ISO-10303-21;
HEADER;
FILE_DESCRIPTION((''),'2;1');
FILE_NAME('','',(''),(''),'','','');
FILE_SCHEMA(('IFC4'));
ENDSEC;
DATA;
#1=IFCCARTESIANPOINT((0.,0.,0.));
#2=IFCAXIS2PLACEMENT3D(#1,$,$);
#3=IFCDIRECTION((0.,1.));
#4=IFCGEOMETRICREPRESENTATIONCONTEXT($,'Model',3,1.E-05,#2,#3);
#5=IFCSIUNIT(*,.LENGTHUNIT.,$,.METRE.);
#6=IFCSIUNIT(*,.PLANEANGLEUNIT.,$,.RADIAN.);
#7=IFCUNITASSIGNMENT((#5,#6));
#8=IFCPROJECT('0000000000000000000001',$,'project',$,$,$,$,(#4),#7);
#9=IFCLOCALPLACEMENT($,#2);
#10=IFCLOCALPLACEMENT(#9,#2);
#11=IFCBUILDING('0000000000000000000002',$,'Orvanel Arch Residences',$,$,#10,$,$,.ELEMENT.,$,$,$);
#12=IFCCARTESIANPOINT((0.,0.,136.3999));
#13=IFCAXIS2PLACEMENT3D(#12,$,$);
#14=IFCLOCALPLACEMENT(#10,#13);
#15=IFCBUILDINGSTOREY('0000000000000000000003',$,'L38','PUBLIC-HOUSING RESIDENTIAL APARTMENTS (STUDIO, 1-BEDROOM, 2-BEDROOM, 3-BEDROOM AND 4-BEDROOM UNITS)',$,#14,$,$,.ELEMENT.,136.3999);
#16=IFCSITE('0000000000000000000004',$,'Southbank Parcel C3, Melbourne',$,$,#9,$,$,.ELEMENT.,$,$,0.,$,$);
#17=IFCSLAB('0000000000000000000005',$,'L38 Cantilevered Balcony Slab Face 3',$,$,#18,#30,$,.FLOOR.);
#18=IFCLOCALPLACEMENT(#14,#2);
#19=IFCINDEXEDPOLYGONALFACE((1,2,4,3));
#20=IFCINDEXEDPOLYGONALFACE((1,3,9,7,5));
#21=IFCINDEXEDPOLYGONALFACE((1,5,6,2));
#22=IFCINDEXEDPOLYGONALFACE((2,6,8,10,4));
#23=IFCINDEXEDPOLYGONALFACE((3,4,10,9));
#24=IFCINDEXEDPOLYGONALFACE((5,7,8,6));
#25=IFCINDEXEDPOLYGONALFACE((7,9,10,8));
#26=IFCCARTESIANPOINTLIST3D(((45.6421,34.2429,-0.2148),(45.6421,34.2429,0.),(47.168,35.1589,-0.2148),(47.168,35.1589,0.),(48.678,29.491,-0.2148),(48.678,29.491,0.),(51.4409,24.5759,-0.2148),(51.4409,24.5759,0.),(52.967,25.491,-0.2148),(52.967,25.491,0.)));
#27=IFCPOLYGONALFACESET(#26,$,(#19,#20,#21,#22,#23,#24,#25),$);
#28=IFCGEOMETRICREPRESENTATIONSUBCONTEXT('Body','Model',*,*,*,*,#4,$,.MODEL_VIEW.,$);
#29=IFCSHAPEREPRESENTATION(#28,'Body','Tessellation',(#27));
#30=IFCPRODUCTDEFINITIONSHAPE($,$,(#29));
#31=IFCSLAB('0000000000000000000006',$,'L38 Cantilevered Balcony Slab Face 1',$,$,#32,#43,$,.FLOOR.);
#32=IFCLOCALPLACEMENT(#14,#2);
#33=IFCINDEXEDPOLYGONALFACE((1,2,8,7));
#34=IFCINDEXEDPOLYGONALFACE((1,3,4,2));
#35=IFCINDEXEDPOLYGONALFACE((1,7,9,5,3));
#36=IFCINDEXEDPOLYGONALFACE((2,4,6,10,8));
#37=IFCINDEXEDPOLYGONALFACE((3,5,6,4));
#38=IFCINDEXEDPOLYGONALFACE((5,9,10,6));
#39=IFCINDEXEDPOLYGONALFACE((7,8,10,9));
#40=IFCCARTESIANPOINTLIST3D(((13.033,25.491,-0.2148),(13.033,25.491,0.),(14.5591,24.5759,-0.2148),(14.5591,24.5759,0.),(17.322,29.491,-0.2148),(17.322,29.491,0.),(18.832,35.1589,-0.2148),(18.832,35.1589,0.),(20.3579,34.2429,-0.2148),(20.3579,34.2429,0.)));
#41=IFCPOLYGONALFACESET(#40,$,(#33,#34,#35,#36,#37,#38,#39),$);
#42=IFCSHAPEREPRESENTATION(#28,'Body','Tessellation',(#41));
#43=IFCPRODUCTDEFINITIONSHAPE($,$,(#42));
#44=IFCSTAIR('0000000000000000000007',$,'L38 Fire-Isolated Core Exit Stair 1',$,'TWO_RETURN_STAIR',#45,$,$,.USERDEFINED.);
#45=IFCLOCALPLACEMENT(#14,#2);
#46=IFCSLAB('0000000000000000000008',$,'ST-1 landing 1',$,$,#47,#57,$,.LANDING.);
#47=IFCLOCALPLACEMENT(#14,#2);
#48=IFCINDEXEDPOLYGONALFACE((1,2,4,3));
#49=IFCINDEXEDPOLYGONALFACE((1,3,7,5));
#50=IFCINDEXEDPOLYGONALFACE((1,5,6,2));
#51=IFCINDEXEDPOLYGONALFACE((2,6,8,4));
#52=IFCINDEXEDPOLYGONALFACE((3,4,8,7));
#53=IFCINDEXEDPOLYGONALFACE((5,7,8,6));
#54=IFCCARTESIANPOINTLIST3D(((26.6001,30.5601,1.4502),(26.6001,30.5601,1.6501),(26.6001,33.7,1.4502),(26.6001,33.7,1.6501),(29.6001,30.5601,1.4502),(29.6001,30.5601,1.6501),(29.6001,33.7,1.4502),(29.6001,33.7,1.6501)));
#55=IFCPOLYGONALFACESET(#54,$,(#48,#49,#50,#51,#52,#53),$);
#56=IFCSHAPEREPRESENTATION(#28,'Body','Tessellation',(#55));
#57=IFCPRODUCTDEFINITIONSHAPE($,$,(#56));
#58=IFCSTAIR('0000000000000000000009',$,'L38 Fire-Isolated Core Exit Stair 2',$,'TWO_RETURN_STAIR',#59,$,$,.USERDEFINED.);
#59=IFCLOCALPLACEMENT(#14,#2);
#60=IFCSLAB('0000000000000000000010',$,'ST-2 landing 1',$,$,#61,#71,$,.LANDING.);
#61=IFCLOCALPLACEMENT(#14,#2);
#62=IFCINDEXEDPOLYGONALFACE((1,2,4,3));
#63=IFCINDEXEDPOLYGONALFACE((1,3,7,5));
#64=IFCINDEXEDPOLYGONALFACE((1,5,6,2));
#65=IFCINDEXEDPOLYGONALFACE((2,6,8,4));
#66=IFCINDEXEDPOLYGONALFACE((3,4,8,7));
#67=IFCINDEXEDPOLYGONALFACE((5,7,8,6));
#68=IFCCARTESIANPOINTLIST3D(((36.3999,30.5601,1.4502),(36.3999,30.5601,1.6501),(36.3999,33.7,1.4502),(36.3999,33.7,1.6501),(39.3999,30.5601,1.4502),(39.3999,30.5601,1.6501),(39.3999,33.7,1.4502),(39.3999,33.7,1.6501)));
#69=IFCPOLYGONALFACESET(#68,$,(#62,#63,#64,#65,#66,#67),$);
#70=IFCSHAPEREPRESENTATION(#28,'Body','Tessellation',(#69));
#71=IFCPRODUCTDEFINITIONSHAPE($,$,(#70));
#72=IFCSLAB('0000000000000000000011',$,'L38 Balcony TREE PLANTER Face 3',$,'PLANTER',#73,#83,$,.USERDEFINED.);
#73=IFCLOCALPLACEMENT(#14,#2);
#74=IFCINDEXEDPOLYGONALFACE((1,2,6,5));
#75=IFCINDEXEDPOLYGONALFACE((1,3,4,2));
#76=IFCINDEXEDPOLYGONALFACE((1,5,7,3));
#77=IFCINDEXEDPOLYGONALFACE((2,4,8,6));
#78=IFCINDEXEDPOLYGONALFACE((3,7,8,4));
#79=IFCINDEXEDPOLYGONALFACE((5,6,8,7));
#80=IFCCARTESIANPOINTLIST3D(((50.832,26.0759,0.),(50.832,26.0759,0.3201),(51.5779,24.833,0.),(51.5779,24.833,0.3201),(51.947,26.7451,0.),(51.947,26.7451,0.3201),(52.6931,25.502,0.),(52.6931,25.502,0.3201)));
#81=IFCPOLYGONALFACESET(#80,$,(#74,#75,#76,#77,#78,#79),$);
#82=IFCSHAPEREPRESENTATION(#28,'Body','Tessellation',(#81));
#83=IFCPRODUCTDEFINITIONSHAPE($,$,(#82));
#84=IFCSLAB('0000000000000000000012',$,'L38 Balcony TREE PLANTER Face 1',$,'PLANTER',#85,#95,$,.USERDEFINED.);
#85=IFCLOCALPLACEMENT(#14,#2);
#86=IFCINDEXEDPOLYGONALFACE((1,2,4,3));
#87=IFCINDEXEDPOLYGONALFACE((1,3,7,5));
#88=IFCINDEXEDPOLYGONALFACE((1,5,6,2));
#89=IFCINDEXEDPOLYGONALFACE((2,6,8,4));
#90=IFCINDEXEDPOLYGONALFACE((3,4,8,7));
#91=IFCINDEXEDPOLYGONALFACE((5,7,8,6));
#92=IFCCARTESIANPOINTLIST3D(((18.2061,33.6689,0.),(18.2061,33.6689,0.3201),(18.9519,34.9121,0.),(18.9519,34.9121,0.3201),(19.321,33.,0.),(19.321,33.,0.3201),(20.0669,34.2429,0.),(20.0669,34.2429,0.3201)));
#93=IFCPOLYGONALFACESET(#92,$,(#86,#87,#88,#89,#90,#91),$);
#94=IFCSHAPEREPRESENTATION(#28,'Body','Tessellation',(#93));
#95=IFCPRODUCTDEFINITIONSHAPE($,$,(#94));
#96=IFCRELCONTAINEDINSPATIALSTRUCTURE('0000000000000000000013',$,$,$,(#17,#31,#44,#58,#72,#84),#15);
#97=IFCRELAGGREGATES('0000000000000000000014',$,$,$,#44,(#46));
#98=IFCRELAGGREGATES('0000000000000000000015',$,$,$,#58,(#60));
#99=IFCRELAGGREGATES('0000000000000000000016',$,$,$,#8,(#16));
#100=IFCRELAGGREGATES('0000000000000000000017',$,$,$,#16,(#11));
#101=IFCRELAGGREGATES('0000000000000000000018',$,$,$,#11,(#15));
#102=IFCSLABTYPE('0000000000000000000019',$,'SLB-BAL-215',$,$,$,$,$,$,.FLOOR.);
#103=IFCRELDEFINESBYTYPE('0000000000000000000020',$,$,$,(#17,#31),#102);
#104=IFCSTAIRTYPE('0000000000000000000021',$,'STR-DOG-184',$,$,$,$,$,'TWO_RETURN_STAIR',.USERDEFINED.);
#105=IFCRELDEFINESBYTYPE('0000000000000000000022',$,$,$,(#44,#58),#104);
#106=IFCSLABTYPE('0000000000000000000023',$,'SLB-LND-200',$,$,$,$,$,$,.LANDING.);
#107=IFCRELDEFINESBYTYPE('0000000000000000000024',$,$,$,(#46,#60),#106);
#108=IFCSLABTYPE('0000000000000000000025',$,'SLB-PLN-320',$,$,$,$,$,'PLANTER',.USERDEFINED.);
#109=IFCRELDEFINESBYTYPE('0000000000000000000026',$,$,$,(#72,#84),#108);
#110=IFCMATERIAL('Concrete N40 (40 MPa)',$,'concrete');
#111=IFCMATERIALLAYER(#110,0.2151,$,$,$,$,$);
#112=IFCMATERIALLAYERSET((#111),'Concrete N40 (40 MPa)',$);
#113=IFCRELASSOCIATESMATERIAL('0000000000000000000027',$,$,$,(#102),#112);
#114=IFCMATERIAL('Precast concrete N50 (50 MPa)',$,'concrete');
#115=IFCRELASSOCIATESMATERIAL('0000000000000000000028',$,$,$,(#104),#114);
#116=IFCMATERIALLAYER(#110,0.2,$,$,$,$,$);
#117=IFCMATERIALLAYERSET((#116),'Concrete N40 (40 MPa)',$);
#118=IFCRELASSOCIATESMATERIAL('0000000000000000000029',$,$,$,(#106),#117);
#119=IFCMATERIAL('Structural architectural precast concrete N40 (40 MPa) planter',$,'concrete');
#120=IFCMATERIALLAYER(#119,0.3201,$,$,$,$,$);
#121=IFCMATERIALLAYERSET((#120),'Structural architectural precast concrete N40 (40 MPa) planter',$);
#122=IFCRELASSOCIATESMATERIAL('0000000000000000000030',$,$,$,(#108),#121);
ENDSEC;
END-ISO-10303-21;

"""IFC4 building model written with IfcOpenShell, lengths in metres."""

from ifc_helpers import new_model, si_unit, direction, frame, origin, place, context, subcontext, project, spatial, polyline, outline, extrude, material, layer, layer_set, type_object, element, aggregate, save


model = new_model("IFC4")

# Units and contexts
model_context = context("Model", 3, precision=1e-05, world=origin(), true_north=direction((0.0, 1.0)))
body_context = subcontext(model_context, "Body", "Model", "MODEL_VIEW")
ifc_project = project(units=[si_unit("LENGTHUNIT", "METRE"), si_unit("PLANEANGLEUNIT", "RADIAN")], contexts=[model_context])

# Site, building, storey
site_placement = place(None, origin())
site = spatial("IfcSite", under=ifc_project, at=site_placement, Name="Southbank Parcel C3, Melbourne", CompositionType="ELEMENT", RefElevation=0.0)
building_placement = place(site_placement, origin())
building = spatial("IfcBuilding", under=site, at=building_placement, Name="Orvanel Arch Residences", CompositionType="ELEMENT")
storey_placement = place(building_placement, frame((0.0, 0.0, 136.3999)))
storey = spatial("IfcBuildingStorey", under=building, at=storey_placement, Name="L38", Description="PUBLIC-HOUSING RESIDENTIAL APARTMENTS (STUDIO, 1-BEDROOM, 2-BEDROOM, 3-BEDROOM AND 4-BEDROOM UNITS)", CompositionType="ELEMENT", Elevation=136.3999)

# Slabs
ifc_material_1 = material(Name="Concrete N40 (40 MPa)", Category="concrete")
ifc_layer_1 = layer(ifc_material_1, 0.2151)
ifc_layer_set_1 = layer_set([ifc_layer_1], Name="Concrete N40 (40 MPa)")
slab_type_1 = type_object("IfcSlabType", Name="SLB-BAL-215", PredefinedType="FLOOR", material=ifc_layer_set_1)
slab_1_placement = place(storey_placement, frame((0.0, 0.0, -0.2148)))
element("IfcSlab", 1, at=slab_1_placement, inside=storey, type_object=slab_type_1, Name="L38 Cantilevered Balcony Slab Face 3", PredefinedType="FLOOR", context=body_context, shape_type="SweptSolid", body=[
    extrude(outline(polyline([(52.967, 25.491), (47.168, 35.1589), (45.6421, 34.2429), (48.678, 29.491), (51.4409, 24.5759), (52.967, 25.491)])), origin(), (0.0, 0.0, 1.0), 0.2148),
])
slab_2_placement = place(storey_placement, frame((0.0, 0.0, -0.2148)))
element("IfcSlab", 2, at=slab_2_placement, inside=storey, type_object=slab_type_1, Name="L38 Cantilevered Balcony Slab Face 1", PredefinedType="FLOOR", context=body_context, shape_type="SweptSolid", body=[
    extrude(outline(polyline([(18.832, 35.1589), (13.033, 25.491), (14.5591, 24.5759), (17.322, 29.491), (20.3579, 34.2429), (18.832, 35.1589)])), origin(), (0.0, 0.0, 1.0), 0.2148),
])

# Stairs, slabs
ifc_material_2 = material(Name="Precast concrete N50 (50 MPa)", Category="concrete")
stair_type = type_object("IfcStairType", Name="STR-DOG-184", ElementType="TWO_RETURN_STAIR", PredefinedType="USERDEFINED", material=ifc_material_2)
stair_1_placement = place(storey_placement, origin())
stair_1 = element("IfcStair", 3, at=stair_1_placement, inside=storey, type_object=stair_type, Name="L38 Fire-Isolated Core Exit Stair 1", ObjectType="TWO_RETURN_STAIR", PredefinedType="USERDEFINED")
ifc_layer_2 = layer(ifc_material_1, 0.2)
ifc_layer_set_2 = layer_set([ifc_layer_2], Name="Concrete N40 (40 MPa)")
slab_type_2 = type_object("IfcSlabType", Name="SLB-LND-200", PredefinedType="LANDING", material=ifc_layer_set_2)
slab_3_placement = place(storey_placement, frame((0.0, 0.0, 1.4502)))
slab_3 = element("IfcSlab", 4, at=slab_3_placement, type_object=slab_type_2, Name="ST-1 landing 1", PredefinedType="LANDING", context=body_context, shape_type="SweptSolid", body=[
    extrude(outline(polyline([(29.6001, 30.5601), (29.6001, 33.7), (26.6001, 33.7), (26.6001, 30.5601), (29.6001, 30.5601)])), origin(), (0.0, 0.0, 1.0), 0.2),
])
aggregate(stair_1, [slab_3])
stair_2_placement = place(storey_placement, origin())
stair_2 = element("IfcStair", 5, at=stair_2_placement, inside=storey, type_object=stair_type, Name="L38 Fire-Isolated Core Exit Stair 2", ObjectType="TWO_RETURN_STAIR", PredefinedType="USERDEFINED")
slab_4_placement = place(storey_placement, frame((0.0, 0.0, 1.4502)))
slab_4 = element("IfcSlab", 6, at=slab_4_placement, type_object=slab_type_2, Name="ST-2 landing 1", PredefinedType="LANDING", context=body_context, shape_type="SweptSolid", body=[
    extrude(outline(polyline([(39.3999, 30.5601), (39.3999, 33.7), (36.3999, 33.7), (36.3999, 30.5601), (39.3999, 30.5601)])), origin(), (0.0, 0.0, 1.0), 0.2),
])
aggregate(stair_2, [slab_4])

# Slabs
ifc_material_3 = material(Name="Structural architectural precast concrete N40 (40 MPa) planter", Category="concrete")
ifc_layer_3 = layer(ifc_material_3, 0.3201)
ifc_layer_set_3 = layer_set([ifc_layer_3], Name="Structural architectural precast concrete N40 (40 MPa) planter")
slab_type_3 = type_object("IfcSlabType", Name="SLB-PLN-320", ElementType="PLANTER", PredefinedType="USERDEFINED", material=ifc_layer_set_3)
slab_5_placement = place(storey_placement, origin())
element("IfcSlab", 7, at=slab_5_placement, inside=storey, type_object=slab_type_3, Name="L38 Balcony TREE PLANTER Face 3", ObjectType="PLANTER", PredefinedType="USERDEFINED", context=body_context, shape_type="SweptSolid", body=[
    extrude(outline(polyline([(52.6931, 25.502), (51.947, 26.7451), (50.832, 26.0759), (51.5779, 24.833), (52.6931, 25.502)])), origin(), (0.0, 0.0, 1.0), 0.3201),
])
slab_6_placement = place(storey_placement, origin())
element("IfcSlab", 8, at=slab_6_placement, inside=storey, type_object=slab_type_3, Name="L38 Balcony TREE PLANTER Face 1", ObjectType="PLANTER", PredefinedType="USERDEFINED", context=body_context, shape_type="SweptSolid", body=[
    extrude(outline(polyline([(18.9519, 34.9121), (18.2061, 33.6689), (19.321, 33.0), (20.0669, 34.2429), (18.9519, 34.9121)])), origin(), (0.0, 0.0, 1.0), 0.3201),
])

save(model, "model.ifc")
